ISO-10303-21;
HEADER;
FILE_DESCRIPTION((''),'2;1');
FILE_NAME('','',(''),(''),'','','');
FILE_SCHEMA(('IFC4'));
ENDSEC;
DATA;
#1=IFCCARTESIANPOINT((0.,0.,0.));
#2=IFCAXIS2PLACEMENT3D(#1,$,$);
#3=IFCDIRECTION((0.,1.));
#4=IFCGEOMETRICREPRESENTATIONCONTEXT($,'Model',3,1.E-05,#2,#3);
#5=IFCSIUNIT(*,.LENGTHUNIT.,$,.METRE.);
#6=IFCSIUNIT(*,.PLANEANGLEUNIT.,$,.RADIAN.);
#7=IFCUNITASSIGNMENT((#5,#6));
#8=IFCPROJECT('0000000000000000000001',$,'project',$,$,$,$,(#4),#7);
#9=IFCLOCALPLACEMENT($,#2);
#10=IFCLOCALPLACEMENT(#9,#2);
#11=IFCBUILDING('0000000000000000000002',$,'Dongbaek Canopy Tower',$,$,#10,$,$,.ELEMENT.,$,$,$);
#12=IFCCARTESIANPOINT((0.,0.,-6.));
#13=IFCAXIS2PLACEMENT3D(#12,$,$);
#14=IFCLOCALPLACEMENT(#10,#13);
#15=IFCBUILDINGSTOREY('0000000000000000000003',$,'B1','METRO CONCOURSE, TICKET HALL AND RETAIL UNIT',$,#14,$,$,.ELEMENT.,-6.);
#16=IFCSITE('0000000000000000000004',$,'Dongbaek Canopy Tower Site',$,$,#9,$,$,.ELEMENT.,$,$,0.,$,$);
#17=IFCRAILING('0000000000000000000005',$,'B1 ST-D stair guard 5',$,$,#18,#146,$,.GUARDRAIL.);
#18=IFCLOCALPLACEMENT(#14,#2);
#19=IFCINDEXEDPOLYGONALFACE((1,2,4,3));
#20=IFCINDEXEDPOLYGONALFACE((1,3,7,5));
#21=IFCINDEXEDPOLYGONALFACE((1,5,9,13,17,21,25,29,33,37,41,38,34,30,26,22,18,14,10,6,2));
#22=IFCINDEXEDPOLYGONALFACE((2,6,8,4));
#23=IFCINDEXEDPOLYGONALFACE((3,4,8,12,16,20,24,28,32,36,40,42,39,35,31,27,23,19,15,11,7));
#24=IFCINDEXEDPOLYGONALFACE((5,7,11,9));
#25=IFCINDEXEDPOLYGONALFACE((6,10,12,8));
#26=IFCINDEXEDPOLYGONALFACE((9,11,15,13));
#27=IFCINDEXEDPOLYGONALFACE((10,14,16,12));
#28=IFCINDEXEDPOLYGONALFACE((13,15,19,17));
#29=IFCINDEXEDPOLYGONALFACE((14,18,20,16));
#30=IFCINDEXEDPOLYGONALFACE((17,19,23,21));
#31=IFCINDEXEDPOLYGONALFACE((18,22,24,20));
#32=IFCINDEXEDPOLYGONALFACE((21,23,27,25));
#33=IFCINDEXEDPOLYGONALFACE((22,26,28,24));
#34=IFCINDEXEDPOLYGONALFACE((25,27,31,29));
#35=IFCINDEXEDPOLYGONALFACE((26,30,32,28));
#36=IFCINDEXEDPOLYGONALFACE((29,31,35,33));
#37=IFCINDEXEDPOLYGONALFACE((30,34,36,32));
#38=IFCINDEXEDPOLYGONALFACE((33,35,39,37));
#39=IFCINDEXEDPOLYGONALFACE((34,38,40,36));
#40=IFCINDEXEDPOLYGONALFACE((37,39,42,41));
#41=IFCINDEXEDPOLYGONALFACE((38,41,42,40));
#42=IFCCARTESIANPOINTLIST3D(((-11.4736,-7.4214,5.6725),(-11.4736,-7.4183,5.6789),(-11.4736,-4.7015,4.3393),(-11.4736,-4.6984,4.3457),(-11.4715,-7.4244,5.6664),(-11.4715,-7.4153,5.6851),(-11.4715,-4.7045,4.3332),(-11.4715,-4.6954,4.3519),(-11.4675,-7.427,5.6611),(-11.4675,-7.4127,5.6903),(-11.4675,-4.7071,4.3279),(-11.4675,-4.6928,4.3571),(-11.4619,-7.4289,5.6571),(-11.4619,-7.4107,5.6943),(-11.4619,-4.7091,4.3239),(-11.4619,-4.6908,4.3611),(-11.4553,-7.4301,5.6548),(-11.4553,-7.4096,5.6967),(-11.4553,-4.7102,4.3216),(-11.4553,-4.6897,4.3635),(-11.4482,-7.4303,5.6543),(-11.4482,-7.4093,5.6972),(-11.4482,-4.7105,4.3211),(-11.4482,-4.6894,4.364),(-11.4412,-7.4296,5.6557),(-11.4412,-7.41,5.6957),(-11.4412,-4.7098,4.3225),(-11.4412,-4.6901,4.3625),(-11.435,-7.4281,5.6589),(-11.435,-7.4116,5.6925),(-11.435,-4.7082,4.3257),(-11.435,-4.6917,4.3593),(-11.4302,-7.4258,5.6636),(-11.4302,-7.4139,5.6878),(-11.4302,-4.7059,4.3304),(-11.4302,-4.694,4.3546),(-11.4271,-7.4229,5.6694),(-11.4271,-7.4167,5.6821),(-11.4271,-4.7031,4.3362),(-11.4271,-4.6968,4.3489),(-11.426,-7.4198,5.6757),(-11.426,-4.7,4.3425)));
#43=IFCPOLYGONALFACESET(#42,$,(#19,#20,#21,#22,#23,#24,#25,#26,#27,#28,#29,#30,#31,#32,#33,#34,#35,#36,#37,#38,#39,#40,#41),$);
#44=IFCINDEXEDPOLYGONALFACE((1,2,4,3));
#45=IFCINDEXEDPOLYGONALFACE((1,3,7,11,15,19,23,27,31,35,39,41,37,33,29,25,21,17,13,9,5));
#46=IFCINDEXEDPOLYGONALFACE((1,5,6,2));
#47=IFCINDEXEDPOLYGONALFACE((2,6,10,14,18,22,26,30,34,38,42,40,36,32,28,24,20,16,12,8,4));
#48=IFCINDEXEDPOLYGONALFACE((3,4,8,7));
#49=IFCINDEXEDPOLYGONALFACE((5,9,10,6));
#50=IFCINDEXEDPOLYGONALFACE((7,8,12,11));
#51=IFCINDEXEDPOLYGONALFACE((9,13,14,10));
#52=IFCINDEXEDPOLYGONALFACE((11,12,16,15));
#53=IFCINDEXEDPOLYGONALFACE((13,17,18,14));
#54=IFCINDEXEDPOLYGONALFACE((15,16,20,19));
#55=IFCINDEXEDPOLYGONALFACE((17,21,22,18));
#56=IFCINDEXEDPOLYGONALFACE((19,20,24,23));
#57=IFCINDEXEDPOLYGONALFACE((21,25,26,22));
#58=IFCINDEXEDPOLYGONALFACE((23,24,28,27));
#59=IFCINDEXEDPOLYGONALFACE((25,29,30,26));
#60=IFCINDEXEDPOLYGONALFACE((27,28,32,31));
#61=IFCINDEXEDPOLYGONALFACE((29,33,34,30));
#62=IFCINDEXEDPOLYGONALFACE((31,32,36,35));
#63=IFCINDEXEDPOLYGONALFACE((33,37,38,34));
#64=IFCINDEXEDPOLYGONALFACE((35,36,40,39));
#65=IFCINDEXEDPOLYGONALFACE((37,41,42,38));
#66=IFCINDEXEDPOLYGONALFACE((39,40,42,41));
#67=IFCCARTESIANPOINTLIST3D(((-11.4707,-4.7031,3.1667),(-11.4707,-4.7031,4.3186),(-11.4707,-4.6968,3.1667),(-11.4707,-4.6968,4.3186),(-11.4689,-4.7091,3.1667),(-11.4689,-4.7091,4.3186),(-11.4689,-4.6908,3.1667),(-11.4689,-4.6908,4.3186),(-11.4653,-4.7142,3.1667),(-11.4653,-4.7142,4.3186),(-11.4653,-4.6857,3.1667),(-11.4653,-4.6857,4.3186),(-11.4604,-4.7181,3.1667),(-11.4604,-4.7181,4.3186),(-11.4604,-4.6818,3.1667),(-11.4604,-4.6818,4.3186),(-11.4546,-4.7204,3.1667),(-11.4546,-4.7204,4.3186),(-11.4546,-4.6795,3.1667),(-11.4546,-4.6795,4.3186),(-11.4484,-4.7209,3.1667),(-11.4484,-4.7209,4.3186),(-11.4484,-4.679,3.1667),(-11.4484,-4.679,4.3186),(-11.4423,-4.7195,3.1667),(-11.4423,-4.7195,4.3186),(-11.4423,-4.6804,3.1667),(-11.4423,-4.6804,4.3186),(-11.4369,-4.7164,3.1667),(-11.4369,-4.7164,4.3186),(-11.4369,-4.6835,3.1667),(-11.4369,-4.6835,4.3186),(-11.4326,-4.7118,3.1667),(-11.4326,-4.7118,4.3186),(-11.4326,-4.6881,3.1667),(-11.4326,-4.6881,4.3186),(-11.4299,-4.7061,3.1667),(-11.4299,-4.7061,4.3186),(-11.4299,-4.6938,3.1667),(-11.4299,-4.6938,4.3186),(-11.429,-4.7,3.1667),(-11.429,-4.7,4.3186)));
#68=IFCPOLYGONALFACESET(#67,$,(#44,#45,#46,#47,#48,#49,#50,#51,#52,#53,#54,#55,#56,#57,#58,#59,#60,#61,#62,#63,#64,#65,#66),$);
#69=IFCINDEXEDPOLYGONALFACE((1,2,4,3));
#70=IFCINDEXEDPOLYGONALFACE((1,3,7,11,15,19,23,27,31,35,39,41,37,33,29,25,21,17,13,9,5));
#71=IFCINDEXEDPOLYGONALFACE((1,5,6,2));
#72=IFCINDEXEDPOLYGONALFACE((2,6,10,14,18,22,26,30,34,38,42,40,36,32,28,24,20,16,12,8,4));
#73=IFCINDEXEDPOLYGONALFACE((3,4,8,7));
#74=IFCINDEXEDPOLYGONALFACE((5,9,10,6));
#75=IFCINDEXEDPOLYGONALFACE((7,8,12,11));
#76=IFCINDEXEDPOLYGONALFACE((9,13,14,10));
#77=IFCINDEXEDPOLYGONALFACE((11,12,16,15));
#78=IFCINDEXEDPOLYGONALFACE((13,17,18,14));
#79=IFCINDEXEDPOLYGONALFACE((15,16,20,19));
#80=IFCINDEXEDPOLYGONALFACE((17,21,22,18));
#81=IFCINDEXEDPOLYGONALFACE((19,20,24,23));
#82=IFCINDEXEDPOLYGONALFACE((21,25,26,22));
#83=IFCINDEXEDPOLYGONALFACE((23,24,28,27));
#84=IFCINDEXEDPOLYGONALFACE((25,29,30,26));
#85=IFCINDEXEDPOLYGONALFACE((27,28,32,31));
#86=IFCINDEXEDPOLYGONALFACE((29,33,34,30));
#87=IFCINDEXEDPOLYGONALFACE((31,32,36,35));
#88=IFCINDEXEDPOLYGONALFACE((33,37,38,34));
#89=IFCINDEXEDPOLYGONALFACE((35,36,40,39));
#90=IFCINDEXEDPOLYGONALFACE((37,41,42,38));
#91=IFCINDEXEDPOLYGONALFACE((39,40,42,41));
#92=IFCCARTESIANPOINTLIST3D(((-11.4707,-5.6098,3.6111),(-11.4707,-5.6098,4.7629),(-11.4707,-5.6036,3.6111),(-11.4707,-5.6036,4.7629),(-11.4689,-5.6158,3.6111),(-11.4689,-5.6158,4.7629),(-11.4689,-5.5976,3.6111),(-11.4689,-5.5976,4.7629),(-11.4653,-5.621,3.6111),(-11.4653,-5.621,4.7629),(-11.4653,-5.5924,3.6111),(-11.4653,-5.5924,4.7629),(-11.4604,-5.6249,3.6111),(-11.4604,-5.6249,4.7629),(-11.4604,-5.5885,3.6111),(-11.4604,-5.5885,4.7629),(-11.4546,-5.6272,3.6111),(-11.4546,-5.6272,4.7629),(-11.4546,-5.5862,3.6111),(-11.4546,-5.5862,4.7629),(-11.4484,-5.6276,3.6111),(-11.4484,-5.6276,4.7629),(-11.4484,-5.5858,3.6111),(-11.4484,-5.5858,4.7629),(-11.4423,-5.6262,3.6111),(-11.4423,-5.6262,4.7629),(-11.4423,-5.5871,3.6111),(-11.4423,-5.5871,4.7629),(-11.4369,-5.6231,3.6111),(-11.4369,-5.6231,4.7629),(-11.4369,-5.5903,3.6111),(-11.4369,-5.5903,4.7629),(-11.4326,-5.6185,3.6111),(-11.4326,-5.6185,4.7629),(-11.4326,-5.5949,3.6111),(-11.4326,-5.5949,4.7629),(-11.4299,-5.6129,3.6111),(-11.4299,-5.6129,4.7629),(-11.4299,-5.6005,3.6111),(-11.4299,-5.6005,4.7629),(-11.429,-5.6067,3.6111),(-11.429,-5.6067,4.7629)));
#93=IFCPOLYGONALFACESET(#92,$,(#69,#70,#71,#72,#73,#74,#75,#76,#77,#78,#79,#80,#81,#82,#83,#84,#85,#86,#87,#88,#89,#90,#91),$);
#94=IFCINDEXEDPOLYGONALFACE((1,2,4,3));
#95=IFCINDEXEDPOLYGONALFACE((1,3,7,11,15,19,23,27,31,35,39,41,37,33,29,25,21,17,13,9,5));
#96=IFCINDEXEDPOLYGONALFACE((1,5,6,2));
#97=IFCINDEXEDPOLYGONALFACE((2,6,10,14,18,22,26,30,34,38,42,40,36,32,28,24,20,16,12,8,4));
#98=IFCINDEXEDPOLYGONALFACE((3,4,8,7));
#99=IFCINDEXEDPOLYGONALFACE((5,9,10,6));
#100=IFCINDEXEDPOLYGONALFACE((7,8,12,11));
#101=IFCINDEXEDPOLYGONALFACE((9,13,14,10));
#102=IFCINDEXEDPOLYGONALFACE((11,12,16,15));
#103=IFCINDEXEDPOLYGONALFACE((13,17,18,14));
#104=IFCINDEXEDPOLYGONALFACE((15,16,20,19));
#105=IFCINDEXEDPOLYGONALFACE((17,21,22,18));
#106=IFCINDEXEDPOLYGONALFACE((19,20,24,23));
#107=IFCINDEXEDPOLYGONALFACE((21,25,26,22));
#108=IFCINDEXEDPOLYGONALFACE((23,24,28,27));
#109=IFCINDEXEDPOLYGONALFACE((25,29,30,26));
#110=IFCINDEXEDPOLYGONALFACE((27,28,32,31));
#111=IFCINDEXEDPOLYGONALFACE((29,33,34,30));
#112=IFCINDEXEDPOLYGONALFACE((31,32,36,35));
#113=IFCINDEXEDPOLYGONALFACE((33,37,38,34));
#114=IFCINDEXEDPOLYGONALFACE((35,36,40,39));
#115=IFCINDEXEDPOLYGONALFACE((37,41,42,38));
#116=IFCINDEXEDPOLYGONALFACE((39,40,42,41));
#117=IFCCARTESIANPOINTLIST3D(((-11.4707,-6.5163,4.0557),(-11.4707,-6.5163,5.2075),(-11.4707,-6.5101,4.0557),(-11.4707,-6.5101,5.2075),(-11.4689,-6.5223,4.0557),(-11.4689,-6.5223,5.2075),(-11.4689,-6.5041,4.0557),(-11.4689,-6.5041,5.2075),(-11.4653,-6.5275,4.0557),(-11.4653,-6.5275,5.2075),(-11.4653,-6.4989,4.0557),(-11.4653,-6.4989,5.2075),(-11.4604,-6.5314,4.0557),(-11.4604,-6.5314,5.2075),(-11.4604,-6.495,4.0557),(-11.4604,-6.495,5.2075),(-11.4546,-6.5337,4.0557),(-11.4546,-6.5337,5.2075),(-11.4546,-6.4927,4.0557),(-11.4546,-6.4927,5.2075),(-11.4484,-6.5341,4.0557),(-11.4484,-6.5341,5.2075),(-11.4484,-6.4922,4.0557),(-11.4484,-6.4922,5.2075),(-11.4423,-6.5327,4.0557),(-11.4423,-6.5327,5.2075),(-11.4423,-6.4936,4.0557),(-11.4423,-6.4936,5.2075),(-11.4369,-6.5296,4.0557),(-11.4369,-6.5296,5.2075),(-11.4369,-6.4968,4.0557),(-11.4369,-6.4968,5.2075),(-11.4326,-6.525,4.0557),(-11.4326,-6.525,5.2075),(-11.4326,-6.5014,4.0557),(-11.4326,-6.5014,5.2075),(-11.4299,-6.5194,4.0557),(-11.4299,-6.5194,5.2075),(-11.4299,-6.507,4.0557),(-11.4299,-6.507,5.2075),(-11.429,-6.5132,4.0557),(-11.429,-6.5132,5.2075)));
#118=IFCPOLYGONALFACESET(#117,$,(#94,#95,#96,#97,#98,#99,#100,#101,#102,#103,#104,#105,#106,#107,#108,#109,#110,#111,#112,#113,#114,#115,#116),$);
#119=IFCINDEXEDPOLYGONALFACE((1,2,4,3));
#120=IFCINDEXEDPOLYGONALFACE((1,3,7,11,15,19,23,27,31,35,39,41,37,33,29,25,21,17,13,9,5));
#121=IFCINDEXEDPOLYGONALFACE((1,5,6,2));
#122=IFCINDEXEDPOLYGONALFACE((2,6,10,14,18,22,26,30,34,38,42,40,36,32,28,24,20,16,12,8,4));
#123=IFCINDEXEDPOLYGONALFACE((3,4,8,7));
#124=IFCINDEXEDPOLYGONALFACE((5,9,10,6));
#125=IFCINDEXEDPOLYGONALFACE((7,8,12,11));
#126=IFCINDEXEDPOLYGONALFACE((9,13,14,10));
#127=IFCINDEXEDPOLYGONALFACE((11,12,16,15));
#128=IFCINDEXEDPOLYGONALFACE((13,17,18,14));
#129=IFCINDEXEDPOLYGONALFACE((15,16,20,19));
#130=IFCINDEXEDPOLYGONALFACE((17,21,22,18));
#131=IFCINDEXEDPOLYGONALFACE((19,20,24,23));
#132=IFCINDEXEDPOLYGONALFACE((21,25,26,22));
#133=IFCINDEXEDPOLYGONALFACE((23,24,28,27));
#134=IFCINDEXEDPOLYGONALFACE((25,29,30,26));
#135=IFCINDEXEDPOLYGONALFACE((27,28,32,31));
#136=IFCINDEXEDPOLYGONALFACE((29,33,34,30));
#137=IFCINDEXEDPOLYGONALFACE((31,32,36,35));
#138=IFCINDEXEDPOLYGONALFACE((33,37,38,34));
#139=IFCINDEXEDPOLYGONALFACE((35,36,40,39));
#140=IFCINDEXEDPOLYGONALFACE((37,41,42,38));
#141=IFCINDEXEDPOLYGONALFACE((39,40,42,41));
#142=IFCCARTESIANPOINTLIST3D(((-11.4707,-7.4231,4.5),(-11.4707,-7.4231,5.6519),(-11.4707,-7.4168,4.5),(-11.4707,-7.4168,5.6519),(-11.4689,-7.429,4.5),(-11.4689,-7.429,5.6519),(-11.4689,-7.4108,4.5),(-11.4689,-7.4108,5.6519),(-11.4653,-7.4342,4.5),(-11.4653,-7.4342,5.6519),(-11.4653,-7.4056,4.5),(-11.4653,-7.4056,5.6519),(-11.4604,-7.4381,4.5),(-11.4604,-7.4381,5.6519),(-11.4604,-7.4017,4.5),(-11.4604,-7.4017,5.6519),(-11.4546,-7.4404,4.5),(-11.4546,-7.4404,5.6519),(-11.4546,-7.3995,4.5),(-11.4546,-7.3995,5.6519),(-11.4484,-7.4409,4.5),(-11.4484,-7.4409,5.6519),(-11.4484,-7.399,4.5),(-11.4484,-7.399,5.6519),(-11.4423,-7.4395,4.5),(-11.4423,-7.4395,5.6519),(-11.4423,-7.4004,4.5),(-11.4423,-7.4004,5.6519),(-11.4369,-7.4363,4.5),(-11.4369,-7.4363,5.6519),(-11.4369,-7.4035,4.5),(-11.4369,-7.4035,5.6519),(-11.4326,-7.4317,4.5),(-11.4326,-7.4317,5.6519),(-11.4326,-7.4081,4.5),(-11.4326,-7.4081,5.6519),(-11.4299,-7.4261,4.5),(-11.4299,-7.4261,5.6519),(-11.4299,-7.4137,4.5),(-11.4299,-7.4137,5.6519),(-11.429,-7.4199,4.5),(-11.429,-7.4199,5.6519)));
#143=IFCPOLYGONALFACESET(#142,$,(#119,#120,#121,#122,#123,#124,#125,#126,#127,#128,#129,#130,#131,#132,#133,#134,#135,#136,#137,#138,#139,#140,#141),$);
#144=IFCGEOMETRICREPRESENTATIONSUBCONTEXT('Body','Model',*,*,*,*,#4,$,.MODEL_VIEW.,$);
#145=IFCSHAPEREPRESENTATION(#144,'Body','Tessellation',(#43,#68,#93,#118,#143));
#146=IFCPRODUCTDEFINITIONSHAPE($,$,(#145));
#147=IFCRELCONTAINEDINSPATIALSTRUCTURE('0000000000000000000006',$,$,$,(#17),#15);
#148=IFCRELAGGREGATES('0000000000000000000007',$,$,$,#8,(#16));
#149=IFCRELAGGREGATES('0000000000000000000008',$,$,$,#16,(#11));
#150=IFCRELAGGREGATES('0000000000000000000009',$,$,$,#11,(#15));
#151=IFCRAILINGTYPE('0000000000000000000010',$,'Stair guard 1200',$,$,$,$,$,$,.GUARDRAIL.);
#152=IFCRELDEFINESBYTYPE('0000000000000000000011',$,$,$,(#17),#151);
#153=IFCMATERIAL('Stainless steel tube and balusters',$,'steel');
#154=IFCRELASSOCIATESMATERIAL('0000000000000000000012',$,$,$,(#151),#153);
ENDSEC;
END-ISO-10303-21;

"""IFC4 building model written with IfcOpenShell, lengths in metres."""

from ifc_helpers import new_model, si_unit, direction, frame, origin, origin_2d, place, context, subcontext, project, spatial, circle, extrude, material, type_object, element, save


model = new_model("IFC4")

# Units and contexts
model_context = context("Model", 3, precision=1e-05, world=origin(), true_north=direction((0.0, 1.0)))
body_context = subcontext(model_context, "Body", "Model", "MODEL_VIEW")
ifc_project = project(units=[si_unit("LENGTHUNIT", "METRE"), si_unit("PLANEANGLEUNIT", "RADIAN")], contexts=[model_context])

# Site, building, storey
site_placement = place(None, origin())
site = spatial("IfcSite", under=ifc_project, at=site_placement, Name="Dongbaek Canopy Tower Site", CompositionType="ELEMENT", RefElevation=0.0)
building_placement = place(site_placement, origin())
building = spatial("IfcBuilding", under=site, at=building_placement, Name="Dongbaek Canopy Tower", CompositionType="ELEMENT")
storey_placement = place(building_placement, frame((0.0, 0.0, -6.0)))
storey = spatial("IfcBuildingStorey", under=building, at=storey_placement, Name="B1", Description="METRO CONCOURSE, TICKET HALL AND RETAIL UNIT", CompositionType="ELEMENT", Elevation=-6.0)

# Railing
ifc_material_1 = material(Name="Stainless steel tube and balusters", Category="steel")
railing_type_1 = type_object("IfcRailingType", Name="Stair guard 1200", PredefinedType="GUARDRAIL", material=ifc_material_1)
railing_1_placement = place(storey_placement, frame((-11.45, -4.7, 3.1667)))
element("IfcRailing", 1, at=railing_1_placement, inside=storey, type_object=railing_type_1, Name="B1 ST-D stair guard 5", PredefinedType="GUARDRAIL", context=body_context, shape_type="SweptSolid", body=[
    extrude(circle(Radius=0.0239, at=origin_2d()), frame((0.0, 0.0, 1.1758), z_axis=(0.0, -0.897929, 0.440139), x_axis=(1.0, 0.0, 0.0)), (0.0, 0.0, 1.0), 3.0291),
    extrude(circle(Radius=0.021, at=origin_2d()), origin(), (0.0, 0.0, 1.0), 1.1519),
    extrude(circle(Radius=0.021, at=origin_2d()), frame((0.0, -0.9067, 0.4443)), (0.0, 0.0, 1.0), 1.1519),
    extrude(circle(Radius=0.021, at=origin_2d()), frame((0.0, -1.8132, 0.8889)), (0.0, 0.0, 1.0), 1.1519),
    extrude(circle(Radius=0.021, at=origin_2d()), frame((0.0, -2.72, 1.3333)), (0.0, 0.0, 1.0), 1.1519),
])

save(model, "model.ifc")
